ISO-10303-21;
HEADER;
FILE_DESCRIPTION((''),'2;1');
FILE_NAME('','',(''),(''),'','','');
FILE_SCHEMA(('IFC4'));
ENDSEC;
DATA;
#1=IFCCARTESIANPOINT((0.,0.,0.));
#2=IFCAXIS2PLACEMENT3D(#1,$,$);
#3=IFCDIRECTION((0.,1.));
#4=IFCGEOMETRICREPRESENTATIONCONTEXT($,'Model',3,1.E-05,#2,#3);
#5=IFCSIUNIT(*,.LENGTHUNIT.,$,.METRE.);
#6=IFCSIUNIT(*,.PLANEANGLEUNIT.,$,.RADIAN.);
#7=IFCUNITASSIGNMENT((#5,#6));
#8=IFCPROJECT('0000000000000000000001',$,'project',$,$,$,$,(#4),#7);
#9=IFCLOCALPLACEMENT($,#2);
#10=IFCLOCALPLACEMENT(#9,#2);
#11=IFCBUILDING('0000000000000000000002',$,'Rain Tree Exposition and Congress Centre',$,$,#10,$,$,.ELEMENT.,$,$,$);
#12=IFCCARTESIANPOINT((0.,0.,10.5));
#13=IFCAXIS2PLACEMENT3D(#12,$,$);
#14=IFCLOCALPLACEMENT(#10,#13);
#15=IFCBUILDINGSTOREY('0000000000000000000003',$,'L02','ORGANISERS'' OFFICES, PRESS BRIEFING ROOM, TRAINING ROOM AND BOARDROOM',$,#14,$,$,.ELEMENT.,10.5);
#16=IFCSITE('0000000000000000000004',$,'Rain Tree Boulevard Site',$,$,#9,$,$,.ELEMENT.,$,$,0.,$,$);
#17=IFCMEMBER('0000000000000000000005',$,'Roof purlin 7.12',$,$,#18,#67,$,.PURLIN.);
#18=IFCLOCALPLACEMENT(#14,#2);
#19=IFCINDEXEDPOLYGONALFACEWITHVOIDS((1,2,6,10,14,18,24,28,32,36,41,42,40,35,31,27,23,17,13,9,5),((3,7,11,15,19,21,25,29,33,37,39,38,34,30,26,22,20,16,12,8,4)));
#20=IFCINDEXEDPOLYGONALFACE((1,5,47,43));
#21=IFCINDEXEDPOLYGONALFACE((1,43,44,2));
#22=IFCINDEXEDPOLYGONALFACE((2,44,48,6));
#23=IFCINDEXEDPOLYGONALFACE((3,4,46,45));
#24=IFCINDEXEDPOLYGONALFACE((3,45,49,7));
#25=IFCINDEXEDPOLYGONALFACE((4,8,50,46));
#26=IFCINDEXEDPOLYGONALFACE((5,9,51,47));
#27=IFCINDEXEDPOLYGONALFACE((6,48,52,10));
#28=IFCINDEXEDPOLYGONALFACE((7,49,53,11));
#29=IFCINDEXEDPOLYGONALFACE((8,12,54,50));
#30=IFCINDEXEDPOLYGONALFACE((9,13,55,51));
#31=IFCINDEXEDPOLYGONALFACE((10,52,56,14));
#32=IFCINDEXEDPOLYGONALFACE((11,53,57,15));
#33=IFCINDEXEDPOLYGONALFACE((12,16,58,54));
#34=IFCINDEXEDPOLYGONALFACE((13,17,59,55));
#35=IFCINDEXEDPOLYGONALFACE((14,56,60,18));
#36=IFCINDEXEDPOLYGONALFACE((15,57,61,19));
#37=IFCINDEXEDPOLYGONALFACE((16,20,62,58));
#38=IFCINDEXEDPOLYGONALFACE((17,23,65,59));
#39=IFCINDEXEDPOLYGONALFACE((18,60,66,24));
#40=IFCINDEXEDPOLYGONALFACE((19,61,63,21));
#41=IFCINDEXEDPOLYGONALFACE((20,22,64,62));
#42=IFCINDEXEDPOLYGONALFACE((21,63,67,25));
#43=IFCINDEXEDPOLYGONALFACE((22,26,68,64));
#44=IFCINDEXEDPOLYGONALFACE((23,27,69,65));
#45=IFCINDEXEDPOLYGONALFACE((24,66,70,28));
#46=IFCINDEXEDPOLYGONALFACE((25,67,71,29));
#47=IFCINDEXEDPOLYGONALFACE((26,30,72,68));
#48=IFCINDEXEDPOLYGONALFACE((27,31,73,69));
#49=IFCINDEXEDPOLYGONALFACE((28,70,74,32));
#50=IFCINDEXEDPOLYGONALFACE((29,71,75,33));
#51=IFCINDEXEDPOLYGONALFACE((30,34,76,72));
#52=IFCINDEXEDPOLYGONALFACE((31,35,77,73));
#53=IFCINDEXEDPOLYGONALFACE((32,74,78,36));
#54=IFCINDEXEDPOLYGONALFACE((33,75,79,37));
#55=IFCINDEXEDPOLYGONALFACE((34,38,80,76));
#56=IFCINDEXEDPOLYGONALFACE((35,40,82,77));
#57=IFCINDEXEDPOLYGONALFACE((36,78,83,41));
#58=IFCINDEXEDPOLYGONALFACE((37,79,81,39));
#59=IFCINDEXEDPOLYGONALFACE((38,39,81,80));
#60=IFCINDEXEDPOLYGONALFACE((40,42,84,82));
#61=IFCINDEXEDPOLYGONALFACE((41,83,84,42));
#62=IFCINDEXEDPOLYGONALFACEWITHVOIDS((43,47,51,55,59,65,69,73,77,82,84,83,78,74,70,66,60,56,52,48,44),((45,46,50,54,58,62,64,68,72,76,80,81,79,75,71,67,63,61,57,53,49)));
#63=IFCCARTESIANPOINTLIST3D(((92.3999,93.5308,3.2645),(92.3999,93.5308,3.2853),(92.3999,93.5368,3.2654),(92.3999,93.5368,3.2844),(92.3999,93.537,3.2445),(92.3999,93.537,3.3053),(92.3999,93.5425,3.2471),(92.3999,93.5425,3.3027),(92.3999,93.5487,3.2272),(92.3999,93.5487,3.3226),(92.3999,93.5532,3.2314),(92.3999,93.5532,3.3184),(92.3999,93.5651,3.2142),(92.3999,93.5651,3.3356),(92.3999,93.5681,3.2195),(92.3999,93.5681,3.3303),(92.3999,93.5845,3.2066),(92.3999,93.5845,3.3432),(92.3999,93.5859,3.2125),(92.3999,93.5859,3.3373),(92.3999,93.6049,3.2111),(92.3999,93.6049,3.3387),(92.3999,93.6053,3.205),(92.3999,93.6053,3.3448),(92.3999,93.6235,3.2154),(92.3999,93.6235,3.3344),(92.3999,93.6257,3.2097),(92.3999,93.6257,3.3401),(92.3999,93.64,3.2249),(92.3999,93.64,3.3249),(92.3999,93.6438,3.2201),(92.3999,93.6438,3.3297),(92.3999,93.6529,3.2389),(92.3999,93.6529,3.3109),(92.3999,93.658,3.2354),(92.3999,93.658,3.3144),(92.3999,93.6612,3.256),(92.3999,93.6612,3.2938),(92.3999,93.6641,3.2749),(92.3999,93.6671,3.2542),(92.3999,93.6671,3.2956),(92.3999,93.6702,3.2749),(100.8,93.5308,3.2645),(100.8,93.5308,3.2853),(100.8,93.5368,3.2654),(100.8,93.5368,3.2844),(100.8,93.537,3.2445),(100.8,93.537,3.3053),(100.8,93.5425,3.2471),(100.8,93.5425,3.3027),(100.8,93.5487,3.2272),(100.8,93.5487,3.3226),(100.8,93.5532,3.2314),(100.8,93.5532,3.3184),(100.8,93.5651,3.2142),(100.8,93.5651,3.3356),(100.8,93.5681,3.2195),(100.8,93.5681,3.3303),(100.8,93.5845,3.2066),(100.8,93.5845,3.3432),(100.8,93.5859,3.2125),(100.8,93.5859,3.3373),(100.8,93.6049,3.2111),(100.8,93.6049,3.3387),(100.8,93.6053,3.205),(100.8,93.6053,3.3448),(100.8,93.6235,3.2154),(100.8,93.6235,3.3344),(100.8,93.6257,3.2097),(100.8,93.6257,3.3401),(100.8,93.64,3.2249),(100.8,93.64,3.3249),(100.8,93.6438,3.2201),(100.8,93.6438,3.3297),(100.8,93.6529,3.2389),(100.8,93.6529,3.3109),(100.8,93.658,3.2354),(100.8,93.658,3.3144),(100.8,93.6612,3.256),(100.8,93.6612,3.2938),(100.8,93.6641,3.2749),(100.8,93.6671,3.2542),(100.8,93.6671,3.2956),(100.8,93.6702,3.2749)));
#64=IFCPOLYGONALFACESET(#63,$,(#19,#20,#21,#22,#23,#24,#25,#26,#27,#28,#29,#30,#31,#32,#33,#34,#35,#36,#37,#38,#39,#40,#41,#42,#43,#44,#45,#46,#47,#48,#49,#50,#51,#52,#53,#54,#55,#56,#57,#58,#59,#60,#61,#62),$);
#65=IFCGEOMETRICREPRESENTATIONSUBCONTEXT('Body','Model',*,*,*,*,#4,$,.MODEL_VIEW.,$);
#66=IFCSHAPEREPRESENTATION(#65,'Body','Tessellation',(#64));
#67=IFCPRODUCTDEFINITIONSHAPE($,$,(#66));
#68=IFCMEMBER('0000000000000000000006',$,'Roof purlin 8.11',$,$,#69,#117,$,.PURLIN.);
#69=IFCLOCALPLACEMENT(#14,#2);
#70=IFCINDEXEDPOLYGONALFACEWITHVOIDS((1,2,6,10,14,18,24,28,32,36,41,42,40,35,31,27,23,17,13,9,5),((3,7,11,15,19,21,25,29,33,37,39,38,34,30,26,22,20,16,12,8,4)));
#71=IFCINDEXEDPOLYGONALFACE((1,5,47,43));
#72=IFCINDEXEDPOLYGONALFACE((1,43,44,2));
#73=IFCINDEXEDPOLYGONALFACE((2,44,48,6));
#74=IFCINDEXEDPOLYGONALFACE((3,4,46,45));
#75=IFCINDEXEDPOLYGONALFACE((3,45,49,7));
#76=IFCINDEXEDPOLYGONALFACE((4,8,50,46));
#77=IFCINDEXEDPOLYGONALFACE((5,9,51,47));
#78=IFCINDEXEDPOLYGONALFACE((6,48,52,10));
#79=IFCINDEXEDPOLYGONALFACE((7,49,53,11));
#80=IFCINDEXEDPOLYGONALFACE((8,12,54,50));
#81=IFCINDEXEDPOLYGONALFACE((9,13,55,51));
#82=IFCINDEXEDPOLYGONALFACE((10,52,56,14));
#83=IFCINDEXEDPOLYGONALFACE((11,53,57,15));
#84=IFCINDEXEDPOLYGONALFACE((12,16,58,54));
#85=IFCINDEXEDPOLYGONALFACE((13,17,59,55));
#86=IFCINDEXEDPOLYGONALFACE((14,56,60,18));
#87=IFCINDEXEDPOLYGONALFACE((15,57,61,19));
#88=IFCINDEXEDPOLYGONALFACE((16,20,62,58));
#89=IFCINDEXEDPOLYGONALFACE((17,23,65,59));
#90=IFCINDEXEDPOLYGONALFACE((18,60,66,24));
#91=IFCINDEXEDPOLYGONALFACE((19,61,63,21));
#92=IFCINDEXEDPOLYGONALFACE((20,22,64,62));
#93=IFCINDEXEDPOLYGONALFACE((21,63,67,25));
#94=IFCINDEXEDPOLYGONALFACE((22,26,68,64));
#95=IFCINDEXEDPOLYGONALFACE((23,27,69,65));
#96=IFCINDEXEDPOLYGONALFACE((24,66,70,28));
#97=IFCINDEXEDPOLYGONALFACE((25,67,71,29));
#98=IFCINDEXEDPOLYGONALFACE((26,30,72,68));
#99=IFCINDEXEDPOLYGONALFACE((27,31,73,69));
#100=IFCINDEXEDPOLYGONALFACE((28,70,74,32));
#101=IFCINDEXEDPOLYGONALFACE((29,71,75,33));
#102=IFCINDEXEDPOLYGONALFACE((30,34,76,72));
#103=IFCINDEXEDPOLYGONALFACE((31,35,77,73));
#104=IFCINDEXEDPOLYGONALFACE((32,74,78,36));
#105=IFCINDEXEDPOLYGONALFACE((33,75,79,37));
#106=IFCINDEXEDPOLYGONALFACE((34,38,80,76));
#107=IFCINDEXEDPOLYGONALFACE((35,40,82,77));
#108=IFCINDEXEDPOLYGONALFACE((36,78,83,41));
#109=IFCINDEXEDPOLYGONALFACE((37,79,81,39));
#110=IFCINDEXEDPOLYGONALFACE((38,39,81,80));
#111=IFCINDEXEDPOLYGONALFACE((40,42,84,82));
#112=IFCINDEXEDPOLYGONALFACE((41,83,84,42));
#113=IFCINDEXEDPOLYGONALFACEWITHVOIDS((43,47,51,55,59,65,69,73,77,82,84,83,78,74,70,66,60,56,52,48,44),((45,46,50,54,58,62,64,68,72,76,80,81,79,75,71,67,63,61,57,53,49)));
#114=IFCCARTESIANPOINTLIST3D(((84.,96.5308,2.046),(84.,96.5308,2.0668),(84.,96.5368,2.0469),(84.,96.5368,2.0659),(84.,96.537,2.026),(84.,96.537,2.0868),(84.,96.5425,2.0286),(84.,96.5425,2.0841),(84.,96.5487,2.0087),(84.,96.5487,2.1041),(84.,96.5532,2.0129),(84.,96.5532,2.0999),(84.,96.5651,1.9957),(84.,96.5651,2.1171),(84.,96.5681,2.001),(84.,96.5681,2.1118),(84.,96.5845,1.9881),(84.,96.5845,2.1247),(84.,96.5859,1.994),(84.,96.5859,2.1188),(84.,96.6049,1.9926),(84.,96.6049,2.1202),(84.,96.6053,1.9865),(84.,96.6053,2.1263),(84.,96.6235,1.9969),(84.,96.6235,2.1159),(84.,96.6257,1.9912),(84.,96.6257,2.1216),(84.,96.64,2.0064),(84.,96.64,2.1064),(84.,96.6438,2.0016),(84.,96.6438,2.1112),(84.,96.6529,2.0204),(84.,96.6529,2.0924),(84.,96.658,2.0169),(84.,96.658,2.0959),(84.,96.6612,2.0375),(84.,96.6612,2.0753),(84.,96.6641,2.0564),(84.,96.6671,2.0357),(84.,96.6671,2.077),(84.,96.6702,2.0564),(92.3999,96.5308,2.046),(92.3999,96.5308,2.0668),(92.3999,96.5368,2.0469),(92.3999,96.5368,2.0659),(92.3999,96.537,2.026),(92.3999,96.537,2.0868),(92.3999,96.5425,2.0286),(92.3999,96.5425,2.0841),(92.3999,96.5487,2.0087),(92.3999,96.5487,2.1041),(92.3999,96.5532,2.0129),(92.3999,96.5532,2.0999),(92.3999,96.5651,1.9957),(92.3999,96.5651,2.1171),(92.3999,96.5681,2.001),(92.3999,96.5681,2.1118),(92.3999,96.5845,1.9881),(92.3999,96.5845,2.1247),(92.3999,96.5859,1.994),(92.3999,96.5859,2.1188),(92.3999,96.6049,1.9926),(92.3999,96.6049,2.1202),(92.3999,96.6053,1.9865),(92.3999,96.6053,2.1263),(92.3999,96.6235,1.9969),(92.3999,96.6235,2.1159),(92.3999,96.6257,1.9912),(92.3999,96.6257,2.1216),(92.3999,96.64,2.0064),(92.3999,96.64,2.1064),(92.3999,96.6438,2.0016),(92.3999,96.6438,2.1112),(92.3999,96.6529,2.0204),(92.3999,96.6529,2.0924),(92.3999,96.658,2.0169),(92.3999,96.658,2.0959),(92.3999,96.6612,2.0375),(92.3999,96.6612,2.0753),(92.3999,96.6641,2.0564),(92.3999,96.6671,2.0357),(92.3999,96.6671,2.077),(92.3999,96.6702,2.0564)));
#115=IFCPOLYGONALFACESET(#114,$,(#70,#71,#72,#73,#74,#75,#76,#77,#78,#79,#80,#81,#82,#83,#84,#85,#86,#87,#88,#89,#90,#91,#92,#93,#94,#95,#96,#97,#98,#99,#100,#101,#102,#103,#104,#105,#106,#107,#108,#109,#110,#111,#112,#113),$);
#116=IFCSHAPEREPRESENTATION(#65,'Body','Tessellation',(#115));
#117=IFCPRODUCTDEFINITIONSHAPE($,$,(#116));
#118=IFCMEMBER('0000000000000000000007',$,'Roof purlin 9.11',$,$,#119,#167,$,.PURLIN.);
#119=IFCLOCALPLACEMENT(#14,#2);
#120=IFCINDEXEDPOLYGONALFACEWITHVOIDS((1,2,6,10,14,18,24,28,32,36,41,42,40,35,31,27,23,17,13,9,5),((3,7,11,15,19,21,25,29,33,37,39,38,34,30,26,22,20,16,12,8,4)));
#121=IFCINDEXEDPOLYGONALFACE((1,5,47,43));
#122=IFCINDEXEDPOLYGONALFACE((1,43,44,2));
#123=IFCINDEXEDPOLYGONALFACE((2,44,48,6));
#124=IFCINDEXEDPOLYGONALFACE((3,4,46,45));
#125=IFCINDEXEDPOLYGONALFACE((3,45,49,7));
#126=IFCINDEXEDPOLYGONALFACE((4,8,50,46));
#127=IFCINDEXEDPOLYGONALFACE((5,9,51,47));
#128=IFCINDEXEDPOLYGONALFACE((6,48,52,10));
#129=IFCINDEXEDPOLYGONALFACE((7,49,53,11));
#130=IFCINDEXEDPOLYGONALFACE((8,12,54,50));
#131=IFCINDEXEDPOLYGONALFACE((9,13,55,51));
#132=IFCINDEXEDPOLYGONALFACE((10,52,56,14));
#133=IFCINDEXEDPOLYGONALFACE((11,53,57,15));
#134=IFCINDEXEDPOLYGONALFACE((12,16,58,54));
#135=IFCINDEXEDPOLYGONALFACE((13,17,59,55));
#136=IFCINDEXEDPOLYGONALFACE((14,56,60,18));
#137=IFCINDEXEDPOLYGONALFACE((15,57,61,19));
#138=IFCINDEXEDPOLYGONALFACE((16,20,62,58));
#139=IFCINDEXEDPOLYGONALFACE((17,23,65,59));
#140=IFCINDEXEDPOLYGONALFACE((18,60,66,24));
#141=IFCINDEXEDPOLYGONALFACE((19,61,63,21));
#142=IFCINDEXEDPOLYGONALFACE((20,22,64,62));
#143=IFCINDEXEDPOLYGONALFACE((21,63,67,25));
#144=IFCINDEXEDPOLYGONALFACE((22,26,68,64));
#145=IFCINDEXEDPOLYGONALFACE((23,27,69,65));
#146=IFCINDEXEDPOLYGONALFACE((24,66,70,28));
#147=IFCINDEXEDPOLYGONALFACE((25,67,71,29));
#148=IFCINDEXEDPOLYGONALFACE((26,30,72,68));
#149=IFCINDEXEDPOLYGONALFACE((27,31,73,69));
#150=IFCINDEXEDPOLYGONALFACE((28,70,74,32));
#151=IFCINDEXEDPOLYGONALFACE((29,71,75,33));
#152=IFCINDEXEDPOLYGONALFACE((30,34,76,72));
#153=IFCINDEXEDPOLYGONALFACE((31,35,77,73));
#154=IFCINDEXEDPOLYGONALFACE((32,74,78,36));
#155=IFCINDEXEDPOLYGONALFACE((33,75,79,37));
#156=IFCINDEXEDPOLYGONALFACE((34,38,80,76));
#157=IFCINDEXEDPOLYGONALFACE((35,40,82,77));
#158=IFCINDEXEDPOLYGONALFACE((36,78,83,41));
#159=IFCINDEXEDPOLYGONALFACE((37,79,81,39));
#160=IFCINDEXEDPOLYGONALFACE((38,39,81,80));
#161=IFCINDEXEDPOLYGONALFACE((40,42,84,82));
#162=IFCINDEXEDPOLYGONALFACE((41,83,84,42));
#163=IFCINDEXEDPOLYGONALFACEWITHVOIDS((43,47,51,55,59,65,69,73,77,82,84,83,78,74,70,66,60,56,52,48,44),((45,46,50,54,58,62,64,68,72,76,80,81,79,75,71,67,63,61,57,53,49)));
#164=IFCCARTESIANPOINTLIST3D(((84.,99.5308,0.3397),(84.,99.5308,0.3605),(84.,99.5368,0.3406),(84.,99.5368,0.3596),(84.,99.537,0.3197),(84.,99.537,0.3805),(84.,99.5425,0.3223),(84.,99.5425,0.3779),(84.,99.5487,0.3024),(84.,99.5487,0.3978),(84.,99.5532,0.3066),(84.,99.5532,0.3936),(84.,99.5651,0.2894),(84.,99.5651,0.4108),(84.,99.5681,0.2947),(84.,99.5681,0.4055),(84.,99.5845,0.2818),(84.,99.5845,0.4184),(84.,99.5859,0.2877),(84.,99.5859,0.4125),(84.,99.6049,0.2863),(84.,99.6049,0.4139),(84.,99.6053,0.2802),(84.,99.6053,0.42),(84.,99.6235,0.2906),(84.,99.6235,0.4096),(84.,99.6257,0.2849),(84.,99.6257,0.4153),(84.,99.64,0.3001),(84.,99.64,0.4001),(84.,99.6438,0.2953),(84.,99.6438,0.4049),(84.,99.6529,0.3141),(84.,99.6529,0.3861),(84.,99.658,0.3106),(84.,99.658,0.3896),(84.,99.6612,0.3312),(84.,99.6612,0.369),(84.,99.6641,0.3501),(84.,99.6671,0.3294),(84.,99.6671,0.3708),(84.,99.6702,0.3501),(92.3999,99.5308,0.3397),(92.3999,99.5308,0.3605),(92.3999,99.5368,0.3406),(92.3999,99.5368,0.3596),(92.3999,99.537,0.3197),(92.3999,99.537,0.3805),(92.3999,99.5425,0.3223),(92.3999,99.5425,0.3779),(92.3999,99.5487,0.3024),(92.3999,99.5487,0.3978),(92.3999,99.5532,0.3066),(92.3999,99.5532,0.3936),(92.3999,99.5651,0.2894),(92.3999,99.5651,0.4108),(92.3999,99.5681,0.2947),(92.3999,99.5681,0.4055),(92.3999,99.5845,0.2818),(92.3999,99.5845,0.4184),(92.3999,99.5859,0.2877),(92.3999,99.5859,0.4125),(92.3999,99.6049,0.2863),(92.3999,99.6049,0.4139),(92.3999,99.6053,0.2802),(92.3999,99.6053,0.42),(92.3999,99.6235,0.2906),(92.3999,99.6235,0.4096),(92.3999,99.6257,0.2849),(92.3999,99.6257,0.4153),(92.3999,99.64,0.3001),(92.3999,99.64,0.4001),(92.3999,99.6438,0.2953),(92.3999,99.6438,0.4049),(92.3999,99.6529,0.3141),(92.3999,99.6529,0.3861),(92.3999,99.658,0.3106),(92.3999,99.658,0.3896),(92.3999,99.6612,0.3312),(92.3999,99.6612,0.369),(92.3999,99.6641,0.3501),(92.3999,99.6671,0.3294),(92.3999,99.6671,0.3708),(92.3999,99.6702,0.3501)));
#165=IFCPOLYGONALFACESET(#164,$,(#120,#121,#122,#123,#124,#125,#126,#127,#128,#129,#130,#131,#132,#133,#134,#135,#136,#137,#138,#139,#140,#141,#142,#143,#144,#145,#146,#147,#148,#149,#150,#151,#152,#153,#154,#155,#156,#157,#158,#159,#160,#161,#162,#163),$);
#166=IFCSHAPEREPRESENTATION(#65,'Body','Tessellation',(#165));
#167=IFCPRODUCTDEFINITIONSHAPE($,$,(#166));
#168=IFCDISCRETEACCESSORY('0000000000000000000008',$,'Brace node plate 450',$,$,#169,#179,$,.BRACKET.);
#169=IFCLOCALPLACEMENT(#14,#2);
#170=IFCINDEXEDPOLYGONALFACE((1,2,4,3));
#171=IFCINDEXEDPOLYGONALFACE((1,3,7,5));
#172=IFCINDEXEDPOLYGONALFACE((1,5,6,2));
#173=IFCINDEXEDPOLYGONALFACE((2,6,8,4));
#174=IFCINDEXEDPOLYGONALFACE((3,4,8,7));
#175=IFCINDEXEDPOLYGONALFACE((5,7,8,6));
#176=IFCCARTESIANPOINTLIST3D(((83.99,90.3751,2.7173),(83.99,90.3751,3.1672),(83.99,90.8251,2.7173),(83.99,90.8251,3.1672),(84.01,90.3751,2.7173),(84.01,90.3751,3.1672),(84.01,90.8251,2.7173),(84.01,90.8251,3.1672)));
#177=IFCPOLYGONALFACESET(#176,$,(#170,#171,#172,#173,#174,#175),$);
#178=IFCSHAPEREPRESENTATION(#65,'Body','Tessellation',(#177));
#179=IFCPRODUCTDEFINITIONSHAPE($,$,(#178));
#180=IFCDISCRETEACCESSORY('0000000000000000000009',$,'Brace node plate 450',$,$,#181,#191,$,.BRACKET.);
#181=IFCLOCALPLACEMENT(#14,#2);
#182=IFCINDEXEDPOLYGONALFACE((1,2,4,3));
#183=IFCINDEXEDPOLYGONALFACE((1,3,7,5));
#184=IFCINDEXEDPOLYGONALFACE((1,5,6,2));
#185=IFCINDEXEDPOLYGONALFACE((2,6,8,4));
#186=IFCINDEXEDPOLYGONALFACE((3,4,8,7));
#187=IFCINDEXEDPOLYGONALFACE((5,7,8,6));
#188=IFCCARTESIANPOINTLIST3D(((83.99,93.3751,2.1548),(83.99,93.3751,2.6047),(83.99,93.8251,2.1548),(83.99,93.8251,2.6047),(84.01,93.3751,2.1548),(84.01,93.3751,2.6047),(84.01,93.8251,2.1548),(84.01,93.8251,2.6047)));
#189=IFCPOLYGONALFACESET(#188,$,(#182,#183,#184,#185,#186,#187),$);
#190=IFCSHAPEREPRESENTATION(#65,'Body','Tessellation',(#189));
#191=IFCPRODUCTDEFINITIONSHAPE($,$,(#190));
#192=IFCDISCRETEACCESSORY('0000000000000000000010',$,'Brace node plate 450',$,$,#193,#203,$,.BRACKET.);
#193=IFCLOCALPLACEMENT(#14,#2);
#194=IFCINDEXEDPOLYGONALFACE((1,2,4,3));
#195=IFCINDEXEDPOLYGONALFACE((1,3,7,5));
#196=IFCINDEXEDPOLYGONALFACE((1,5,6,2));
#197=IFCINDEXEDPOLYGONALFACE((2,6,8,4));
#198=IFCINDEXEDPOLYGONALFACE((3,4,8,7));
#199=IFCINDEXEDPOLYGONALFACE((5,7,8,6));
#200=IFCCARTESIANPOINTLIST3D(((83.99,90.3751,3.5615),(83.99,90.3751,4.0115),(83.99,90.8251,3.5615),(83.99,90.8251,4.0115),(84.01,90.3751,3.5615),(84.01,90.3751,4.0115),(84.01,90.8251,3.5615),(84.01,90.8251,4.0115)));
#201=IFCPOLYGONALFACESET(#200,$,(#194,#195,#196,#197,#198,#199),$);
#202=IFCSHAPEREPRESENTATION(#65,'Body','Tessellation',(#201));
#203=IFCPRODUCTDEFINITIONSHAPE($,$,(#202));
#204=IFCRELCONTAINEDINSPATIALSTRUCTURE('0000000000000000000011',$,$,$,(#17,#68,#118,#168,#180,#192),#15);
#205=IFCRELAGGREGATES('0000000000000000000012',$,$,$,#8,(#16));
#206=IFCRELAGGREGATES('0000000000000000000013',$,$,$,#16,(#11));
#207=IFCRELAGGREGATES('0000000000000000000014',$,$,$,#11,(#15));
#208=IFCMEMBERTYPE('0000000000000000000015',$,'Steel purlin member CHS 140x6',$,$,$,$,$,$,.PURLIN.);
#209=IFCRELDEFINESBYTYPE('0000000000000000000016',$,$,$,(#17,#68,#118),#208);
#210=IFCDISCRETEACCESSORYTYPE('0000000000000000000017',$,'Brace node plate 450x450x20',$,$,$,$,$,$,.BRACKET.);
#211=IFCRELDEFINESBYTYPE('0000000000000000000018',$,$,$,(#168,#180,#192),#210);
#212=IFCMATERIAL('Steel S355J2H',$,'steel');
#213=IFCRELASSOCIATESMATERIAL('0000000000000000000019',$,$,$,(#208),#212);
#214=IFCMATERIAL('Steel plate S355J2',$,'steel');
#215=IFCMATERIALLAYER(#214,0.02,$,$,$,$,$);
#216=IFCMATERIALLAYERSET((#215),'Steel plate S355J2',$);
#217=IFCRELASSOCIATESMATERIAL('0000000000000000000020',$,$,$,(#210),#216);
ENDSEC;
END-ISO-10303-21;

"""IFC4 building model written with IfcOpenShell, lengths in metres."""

from ifc_helpers import new_model, si_unit, direction, frame, origin, origin_2d, place, context, subcontext, project, spatial, rectangle, hollow_circle, extrude, material, layer, layer_set, material_profile, profile_set, type_object, element, save


model = new_model("IFC4")

# Units and contexts
model_context = context("Model", 3, precision=1e-05, world=origin(), true_north=direction((0.0, 1.0)))
body_context = subcontext(model_context, "Body", "Model", "MODEL_VIEW")
ifc_project = project(units=[si_unit("LENGTHUNIT", "METRE"), si_unit("PLANEANGLEUNIT", "RADIAN")], contexts=[model_context])

# Site, building, storey
site_placement = place(None, origin())
site = spatial("IfcSite", under=ifc_project, at=site_placement, Name="Rain Tree Boulevard Site", CompositionType="ELEMENT", RefElevation=0.0)
building_placement = place(site_placement, origin())
building = spatial("IfcBuilding", under=site, at=building_placement, Name="Rain Tree Exposition and Congress Centre", CompositionType="ELEMENT")
storey_placement = place(building_placement, frame((0.0, 0.0, 10.5)))
storey = spatial("IfcBuildingStorey", under=building, at=storey_placement, Name="L02", Description="ORGANISERS' OFFICES, PRESS BRIEFING ROOM, TRAINING ROOM AND BOARDROOM", CompositionType="ELEMENT", Elevation=10.5)

# Members
ifc_material_1 = material(Name="Steel S355J2H", Category="steel")
ifc_material_profile_1 = material_profile(ifc_material_1, hollow_circle(Radius=0.0701, WallThickness=0.0061, at=origin_2d()), Name="CHS 140x6")
ifc_profile_set_1 = profile_set([ifc_material_profile_1], Name="Steel S355J2H")
member_type_1 = type_object("IfcMemberType", Name="Steel purlin member CHS 140x6", PredefinedType="PURLIN", material=ifc_profile_set_1)
member_1_placement = place(storey_placement, frame((92.3999, 93.6001, 3.2749), z_axis=(1.0, 0.0, 0.0), x_axis=(0.0, 1.0, 0.0)))
element("IfcMember", 1, at=member_1_placement, inside=storey, type_object=member_type_1, Name="Roof purlin 7.12", PredefinedType="PURLIN", context=body_context, shape_type="SweptSolid", body=[
    extrude(hollow_circle(Radius=0.0701, WallThickness=0.0061, at=origin_2d()), origin(), (0.0, 0.0, 1.0), 8.4001),
])
for number, where, z_axis, x_axis, name in (
    (2, (84.0, 96.6001, 2.0564), (1.0, 0.0, 0.0), (0.0, 1.0, 0.0), "Roof purlin 8.11"),
    (3, (84.0, 99.6001, 0.3501), (1.0, 0.0, 0.0), (0.0, 1.0, 0.0), "Roof purlin 9.11"),
):
    element("IfcMember", number, at=place(storey_placement, frame(where, z_axis=z_axis, x_axis=x_axis)), inside=storey, type_object=member_type_1, Name=name, PredefinedType="PURLIN", context=body_context, shape_type="SweptSolid", body=[
        extrude(hollow_circle(Radius=0.0701, WallThickness=0.0061, at=origin_2d()), origin(), (0.0, 0.0, 1.0), 8.3999),
    ])

# Discrete accessories
ifc_material_2 = material(Name="Steel plate S355J2", Category="steel")
ifc_layer = layer(ifc_material_2, 0.02)
ifc_layer_set = layer_set([ifc_layer], Name="Steel plate S355J2")
discrete_accessory_type = type_object("IfcDiscreteAccessoryType", Name="Brace node plate 450x450x20", PredefinedType="BRACKET", material=ifc_layer_set)
for number, where, z_axis, x_axis, name in (
    (4, (84.0, 90.6001, 2.7173), (0.0, 0.0, 1.0), (0.0, -1.0, 0.0), "Brace node plate 450"),
    (5, (84.0, 93.6001, 2.1548), (0.0, 0.0, 1.0), (0.0, -1.0, 0.0), "Brace node plate 450"),
    (6, (84.0, 90.6001, 3.5615), (0.0, 0.0, 1.0), (0.0, 1.0, 0.0), "Brace node plate 450"),
):
    element("IfcDiscreteAccessory", number, at=place(storey_placement, frame(where, z_axis=z_axis, x_axis=x_axis)), inside=storey, type_object=discrete_accessory_type, Name=name, PredefinedType="BRACKET", context=body_context, shape_type="SweptSolid", body=[
        extrude(rectangle(XDim=0.45, YDim=0.02, at=origin_2d()), origin(), (0.0, 0.0, 1.0), 0.45),
    ])

save(model, "model.ifc")
